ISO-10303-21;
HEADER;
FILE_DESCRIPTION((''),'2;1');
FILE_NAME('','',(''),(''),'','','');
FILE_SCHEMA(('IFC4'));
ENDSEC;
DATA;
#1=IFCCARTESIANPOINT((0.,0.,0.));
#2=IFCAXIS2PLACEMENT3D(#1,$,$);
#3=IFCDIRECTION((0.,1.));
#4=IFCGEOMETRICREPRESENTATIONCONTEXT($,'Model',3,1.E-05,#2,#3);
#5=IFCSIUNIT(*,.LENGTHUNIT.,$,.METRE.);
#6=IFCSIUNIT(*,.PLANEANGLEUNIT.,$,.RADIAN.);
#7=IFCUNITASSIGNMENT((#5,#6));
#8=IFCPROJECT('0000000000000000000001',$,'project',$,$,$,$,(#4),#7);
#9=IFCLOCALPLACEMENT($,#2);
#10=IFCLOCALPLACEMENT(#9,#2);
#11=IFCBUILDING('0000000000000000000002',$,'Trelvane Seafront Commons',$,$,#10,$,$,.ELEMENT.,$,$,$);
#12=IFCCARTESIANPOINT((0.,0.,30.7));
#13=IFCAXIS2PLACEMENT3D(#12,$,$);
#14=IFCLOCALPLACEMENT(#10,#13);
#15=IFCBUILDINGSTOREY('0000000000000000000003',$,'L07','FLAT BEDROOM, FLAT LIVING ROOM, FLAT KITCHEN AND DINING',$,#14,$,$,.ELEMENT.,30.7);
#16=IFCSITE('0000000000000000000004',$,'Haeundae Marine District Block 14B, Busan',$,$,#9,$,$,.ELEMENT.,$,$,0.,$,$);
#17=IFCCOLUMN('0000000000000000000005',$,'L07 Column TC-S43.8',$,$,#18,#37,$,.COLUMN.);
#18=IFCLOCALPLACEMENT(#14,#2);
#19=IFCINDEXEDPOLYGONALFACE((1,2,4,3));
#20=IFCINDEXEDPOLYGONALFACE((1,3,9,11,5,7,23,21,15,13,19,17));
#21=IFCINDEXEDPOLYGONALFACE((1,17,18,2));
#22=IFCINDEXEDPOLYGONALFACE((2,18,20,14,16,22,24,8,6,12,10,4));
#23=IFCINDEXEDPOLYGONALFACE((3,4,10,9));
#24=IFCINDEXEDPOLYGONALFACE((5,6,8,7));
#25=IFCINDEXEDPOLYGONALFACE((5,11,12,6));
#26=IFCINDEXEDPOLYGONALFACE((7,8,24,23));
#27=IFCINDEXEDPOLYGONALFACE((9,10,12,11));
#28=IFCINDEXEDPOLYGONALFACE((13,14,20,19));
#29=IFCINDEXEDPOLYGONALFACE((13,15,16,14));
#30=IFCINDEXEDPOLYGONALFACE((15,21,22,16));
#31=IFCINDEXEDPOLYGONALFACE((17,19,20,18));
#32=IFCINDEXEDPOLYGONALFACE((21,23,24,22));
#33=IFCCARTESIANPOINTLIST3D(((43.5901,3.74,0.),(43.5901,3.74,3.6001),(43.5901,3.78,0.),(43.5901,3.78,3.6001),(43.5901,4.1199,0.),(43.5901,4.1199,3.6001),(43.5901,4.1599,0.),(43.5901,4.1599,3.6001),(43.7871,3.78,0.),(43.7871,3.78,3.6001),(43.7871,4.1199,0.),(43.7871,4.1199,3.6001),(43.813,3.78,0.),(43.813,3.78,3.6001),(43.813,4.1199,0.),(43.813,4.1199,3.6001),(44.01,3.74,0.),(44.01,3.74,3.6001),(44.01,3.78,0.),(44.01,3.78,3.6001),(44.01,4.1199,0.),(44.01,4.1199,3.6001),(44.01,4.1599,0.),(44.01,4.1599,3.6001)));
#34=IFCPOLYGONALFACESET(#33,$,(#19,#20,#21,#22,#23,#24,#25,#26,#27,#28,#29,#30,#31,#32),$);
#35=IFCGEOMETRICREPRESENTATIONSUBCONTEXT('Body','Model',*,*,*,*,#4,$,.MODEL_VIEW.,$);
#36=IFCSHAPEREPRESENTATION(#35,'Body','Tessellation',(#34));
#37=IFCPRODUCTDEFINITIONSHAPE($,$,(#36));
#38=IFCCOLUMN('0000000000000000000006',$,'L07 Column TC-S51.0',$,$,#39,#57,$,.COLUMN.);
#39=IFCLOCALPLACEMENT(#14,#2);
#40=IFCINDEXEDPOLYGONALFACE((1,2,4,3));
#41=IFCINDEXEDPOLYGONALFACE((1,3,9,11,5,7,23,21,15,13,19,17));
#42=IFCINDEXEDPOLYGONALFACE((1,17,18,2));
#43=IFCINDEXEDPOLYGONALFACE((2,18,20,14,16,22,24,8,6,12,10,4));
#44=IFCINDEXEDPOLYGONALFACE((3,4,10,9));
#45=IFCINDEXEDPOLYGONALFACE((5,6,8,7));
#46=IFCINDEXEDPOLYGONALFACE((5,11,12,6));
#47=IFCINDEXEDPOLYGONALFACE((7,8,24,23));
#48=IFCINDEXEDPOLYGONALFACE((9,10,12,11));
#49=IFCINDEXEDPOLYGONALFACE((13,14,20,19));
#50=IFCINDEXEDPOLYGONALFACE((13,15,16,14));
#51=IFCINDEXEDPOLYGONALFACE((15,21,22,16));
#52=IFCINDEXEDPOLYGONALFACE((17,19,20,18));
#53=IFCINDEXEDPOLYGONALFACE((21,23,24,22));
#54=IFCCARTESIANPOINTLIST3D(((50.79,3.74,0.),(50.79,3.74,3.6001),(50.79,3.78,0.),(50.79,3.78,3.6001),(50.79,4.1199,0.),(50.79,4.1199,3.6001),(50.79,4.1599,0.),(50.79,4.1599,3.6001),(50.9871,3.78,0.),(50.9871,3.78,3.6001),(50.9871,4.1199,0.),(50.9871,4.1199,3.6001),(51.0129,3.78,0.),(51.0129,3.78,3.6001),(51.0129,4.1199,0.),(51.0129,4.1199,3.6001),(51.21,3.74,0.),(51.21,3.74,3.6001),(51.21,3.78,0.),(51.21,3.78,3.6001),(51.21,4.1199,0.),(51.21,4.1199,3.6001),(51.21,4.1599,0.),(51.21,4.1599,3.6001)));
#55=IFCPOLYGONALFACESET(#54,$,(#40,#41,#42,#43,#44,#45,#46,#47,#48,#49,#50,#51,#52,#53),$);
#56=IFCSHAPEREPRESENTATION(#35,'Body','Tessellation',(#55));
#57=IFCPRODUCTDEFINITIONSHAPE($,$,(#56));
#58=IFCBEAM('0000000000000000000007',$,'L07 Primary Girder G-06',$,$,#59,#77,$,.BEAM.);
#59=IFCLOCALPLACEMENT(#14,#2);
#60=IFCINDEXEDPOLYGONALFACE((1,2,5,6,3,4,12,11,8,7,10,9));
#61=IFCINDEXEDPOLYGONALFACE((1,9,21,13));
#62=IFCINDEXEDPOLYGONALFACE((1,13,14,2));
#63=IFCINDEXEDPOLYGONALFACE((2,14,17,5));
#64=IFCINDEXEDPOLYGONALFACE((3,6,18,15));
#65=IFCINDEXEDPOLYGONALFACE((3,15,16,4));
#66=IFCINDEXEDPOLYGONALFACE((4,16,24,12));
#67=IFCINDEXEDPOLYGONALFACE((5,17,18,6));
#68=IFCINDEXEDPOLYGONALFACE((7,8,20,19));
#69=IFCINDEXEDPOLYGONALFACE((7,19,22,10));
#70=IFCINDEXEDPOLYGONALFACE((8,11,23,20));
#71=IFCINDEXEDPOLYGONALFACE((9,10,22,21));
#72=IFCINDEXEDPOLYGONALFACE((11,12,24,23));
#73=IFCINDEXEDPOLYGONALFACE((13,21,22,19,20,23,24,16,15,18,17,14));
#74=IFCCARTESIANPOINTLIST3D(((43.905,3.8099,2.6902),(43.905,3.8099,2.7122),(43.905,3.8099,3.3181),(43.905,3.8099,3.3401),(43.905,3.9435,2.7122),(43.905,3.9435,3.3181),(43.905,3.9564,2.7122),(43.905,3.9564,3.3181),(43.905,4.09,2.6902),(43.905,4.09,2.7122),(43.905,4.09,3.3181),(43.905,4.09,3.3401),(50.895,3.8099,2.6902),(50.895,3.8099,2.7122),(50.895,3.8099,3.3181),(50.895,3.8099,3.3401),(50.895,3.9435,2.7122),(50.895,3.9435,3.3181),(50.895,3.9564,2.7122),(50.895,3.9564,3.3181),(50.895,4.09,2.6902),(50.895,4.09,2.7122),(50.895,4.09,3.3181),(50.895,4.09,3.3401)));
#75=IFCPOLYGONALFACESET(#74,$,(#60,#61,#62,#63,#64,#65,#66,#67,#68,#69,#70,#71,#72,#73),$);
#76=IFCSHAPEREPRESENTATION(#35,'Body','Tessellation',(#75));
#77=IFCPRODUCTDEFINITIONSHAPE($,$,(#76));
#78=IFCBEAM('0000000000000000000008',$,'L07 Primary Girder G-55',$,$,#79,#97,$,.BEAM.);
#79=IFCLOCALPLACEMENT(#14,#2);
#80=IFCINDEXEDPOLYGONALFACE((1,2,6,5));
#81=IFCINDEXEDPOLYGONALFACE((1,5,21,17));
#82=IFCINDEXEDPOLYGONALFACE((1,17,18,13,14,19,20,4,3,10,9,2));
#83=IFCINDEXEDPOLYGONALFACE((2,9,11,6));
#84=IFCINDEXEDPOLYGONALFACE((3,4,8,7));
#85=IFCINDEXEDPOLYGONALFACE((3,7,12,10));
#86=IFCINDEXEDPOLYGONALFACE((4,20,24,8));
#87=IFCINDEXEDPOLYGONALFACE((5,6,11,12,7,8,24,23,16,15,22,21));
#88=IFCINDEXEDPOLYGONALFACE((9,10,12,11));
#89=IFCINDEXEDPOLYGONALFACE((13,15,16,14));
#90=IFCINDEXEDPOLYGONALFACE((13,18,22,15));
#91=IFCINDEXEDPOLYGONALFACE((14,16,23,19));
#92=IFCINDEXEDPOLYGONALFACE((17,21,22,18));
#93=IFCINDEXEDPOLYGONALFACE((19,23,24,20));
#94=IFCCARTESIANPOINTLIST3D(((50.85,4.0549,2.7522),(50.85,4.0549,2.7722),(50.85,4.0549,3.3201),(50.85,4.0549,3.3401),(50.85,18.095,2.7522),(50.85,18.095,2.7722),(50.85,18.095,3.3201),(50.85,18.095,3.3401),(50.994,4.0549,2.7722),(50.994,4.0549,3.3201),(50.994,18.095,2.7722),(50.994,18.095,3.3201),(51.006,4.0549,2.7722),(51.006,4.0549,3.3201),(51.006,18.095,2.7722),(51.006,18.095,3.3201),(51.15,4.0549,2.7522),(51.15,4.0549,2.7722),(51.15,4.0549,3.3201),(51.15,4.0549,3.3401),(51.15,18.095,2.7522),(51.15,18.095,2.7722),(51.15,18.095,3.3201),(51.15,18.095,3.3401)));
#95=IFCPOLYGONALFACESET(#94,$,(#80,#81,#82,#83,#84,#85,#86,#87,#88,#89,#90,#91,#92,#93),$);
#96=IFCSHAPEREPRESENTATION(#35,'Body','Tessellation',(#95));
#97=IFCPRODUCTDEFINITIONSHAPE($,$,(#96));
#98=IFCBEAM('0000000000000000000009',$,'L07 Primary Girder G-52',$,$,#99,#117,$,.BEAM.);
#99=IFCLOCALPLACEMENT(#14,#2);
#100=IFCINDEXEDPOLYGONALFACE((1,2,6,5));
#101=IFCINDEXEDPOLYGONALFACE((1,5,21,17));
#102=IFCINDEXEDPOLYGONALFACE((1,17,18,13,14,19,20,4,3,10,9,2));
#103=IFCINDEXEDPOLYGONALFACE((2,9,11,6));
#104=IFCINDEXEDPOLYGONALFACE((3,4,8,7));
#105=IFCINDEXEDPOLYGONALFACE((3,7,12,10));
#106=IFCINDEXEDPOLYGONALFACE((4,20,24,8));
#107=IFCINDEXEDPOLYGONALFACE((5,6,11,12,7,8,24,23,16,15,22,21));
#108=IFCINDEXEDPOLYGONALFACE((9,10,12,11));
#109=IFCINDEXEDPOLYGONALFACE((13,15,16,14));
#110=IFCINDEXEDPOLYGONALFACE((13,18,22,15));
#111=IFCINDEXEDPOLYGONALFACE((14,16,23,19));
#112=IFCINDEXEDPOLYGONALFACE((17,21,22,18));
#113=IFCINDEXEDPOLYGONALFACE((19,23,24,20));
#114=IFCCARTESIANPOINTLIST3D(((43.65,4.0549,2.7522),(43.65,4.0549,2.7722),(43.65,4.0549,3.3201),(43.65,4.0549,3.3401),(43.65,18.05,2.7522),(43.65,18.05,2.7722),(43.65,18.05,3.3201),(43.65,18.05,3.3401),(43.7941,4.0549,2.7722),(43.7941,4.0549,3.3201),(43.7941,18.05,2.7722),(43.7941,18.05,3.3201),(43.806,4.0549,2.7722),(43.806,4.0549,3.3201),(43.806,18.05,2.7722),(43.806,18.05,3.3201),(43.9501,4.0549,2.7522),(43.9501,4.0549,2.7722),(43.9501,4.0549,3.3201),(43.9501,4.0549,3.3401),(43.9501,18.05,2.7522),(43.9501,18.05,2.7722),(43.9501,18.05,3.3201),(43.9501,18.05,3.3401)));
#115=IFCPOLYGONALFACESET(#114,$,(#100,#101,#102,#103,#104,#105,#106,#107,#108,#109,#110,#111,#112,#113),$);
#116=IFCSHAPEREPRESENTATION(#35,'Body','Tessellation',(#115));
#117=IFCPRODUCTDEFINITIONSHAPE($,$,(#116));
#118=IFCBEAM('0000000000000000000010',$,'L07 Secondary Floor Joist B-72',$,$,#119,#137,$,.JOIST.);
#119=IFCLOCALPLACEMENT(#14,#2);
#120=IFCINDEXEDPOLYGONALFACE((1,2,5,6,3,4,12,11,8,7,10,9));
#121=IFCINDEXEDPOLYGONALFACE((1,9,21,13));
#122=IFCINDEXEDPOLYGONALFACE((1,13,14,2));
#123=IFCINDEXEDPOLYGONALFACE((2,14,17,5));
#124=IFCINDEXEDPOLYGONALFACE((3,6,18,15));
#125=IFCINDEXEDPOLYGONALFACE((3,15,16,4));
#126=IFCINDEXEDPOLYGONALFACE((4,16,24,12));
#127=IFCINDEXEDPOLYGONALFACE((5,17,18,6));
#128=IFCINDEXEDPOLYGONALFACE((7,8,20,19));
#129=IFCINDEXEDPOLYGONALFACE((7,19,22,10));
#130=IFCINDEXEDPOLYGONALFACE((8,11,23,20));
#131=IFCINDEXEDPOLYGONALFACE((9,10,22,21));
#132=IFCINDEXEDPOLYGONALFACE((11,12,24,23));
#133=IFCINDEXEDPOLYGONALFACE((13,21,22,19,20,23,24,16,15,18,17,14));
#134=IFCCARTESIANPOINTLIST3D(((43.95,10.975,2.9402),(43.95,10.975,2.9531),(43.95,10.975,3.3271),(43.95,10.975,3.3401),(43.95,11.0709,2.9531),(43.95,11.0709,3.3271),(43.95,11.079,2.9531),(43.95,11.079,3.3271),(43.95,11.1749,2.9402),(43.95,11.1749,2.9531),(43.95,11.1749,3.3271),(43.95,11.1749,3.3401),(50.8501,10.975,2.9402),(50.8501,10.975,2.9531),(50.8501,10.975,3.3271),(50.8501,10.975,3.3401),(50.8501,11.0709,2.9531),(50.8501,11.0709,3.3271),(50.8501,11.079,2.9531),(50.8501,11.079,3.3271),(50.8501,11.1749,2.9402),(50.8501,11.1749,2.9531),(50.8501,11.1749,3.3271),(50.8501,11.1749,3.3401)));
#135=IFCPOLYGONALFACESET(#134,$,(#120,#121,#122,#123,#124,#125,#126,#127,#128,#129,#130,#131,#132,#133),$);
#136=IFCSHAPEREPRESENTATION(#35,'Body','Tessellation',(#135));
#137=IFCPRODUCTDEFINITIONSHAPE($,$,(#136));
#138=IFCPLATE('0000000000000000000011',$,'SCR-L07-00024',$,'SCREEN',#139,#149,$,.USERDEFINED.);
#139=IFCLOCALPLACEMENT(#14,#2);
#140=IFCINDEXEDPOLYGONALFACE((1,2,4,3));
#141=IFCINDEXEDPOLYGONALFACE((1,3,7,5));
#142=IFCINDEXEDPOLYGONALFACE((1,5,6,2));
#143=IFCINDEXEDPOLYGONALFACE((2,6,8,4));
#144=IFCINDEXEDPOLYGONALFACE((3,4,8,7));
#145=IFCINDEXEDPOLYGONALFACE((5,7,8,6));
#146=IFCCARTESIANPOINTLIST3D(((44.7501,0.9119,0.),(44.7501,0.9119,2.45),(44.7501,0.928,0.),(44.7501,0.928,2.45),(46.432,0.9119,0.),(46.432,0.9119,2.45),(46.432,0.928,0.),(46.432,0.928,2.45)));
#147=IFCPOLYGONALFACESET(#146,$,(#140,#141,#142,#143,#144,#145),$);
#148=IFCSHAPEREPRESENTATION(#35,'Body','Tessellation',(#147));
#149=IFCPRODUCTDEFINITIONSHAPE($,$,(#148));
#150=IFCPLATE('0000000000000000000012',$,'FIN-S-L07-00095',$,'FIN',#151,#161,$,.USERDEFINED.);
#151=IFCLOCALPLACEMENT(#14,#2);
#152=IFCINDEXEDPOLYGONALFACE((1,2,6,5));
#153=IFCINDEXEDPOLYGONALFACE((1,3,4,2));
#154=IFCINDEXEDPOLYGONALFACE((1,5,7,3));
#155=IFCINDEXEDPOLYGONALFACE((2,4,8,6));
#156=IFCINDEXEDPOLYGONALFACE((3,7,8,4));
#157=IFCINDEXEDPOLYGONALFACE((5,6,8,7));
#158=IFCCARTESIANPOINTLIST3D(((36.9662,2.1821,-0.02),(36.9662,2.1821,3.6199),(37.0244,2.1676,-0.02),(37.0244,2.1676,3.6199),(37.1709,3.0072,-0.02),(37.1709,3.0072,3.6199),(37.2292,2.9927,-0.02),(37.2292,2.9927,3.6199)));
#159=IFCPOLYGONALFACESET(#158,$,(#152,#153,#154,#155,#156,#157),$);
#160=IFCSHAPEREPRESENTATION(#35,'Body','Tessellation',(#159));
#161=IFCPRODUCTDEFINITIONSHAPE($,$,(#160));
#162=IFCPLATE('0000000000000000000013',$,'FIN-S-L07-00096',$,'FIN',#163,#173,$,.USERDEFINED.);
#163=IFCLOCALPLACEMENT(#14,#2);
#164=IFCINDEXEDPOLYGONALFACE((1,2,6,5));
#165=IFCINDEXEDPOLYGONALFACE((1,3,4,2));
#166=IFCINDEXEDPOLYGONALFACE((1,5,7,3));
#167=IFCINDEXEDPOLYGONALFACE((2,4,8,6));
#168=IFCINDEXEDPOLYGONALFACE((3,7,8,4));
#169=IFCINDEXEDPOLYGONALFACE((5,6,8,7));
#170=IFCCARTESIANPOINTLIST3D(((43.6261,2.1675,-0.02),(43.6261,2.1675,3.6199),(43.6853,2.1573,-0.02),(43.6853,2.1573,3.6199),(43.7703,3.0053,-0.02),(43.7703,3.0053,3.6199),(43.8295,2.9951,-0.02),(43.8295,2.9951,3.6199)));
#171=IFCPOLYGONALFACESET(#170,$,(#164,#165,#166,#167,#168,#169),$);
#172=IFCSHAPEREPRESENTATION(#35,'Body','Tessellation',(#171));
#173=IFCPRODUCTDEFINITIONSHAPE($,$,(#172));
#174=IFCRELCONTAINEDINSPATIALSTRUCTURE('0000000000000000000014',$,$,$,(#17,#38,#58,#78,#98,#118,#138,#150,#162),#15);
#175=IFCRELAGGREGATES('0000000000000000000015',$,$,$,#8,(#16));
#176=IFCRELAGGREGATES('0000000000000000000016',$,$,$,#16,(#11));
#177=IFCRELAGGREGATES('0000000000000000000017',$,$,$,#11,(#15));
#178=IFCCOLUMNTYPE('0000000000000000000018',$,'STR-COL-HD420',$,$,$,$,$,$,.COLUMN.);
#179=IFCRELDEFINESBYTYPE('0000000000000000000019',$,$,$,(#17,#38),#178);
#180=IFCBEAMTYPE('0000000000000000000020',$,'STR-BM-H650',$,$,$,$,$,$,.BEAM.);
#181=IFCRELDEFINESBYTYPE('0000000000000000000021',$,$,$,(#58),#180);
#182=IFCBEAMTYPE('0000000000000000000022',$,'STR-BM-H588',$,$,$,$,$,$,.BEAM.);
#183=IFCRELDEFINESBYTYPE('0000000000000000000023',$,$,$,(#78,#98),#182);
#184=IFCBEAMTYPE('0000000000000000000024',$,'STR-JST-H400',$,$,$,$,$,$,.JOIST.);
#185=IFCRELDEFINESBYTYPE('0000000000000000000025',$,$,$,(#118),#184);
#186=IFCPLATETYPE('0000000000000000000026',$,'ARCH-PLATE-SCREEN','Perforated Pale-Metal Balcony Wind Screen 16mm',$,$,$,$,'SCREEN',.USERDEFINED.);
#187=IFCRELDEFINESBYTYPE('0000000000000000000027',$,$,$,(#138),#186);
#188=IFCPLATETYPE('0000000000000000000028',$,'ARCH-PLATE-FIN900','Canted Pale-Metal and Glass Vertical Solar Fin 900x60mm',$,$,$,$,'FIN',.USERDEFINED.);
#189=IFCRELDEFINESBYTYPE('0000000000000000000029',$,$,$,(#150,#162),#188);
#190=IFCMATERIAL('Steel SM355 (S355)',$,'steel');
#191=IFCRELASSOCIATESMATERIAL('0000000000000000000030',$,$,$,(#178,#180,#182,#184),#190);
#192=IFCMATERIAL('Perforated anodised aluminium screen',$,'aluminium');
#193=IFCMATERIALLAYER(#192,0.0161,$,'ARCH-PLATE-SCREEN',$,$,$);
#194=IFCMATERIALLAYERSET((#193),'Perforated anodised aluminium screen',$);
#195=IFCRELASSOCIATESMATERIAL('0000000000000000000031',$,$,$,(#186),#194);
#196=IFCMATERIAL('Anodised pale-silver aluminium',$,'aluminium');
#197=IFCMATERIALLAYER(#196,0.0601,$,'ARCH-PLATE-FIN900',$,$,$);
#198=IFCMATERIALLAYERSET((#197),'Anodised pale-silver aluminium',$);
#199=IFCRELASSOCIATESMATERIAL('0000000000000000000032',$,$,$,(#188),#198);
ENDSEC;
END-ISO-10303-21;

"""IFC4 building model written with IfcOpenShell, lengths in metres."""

from ifc_helpers import new_model, si_unit, direction, frame, origin, origin_2d, place, context, subcontext, project, spatial, rectangle, i_section, extrude, source, transform, mapped, material, layer, layer_set, material_profile, profile_set, type_object, element, save


model = new_model("IFC4")

# Units and contexts
model_context = context("Model", 3, precision=1e-05, world=origin(), true_north=direction((0.0, 1.0)))
body_context = subcontext(model_context, "Body", "Model", "MODEL_VIEW")
ifc_project = project(units=[si_unit("LENGTHUNIT", "METRE"), si_unit("PLANEANGLEUNIT", "RADIAN")], contexts=[model_context])

# Site, building, storey
site_placement = place(None, origin())
site = spatial("IfcSite", under=ifc_project, at=site_placement, Name="Haeundae Marine District Block 14B, Busan", CompositionType="ELEMENT", RefElevation=0.0)
building_placement = place(site_placement, origin())
building = spatial("IfcBuilding", under=site, at=building_placement, Name="Trelvane Seafront Commons", CompositionType="ELEMENT")
storey_placement = place(building_placement, frame((0.0, 0.0, 30.7)))
storey = spatial("IfcBuildingStorey", under=building, at=storey_placement, Name="L07", Description="FLAT BEDROOM, FLAT LIVING ROOM, FLAT KITCHEN AND DINING", CompositionType="ELEMENT", Elevation=30.7)

# Columns
ifc_material_1 = material(Name="Steel SM355 (S355)", Category="steel")
ifc_material_profile_1 = material_profile(ifc_material_1, i_section(OverallWidth=0.4199, OverallDepth=0.4199, WebThickness=0.0259, FlangeThickness=0.04, at=origin_2d()), Name="HD-420x420x26x40")
ifc_profile_set_1 = profile_set([ifc_material_profile_1], Name="Steel SM355 (S355)")
column_type = type_object("IfcColumnType", Name="STR-COL-HD420", PredefinedType="COLUMN", material=ifc_profile_set_1)
shared_shape_1 = source(origin(), body_context, "Body", "SweptSolid", [
    extrude(i_section(OverallWidth=0.4199, OverallDepth=0.4199, WebThickness=0.0259, FlangeThickness=0.04, at=origin_2d()), origin(), (0.0, 0.0, 1.0), 3.6001),
])
for number, where, z_axis, x_axis, name in (
    (1, (43.8, 3.95, 0.0), (0.0, 0.0, 1.0), (1.0, 0.0, 0.0), "L07 Column TC-S43.8"),
    (2, (51.0, 3.95, 0.0), (0.0, 0.0, 1.0), (1.0, 0.0, 0.0), "L07 Column TC-S51.0"),
):
    element("IfcColumn", number, at=place(storey_placement, frame(where, z_axis=z_axis, x_axis=x_axis)), inside=storey, type_object=column_type, Name=name, PredefinedType="COLUMN", context=body_context, shape_type="MappedRepresentation", body=[
        mapped(shared_shape_1, transform((0.0, 0.0, 0.0), x_axis=(1.0, 0.0, 0.0), y_axis=(0.0, 1.0, 0.0), z_axis=(0.0, 0.0, 1.0), scale=1.0)),
    ])

# Beams
ifc_material_profile_2 = material_profile(ifc_material_1, i_section(OverallWidth=0.28, OverallDepth=0.6499, WebThickness=0.0129, FlangeThickness=0.022, at=origin_2d()), Name="H-650x280x13x22")
ifc_profile_set_2 = profile_set([ifc_material_profile_2], Name="Steel SM355 (S355)")
beam_type_1 = type_object("IfcBeamType", Name="STR-BM-H650", PredefinedType="BEAM", material=ifc_profile_set_2)
shared_shape_2 = source(origin(), body_context, "Body", "SweptSolid", [
    extrude(i_section(OverallWidth=0.28, OverallDepth=0.6499, WebThickness=0.0129, FlangeThickness=0.022, at=origin_2d()), origin(), (0.0, 0.0, 1.0), 6.99),
])
beam_1_placement = place(storey_placement, frame((43.905, 3.95, 3.0151), z_axis=(1.0, 0.0, 0.0), x_axis=(0.0, 1.0, 0.0)))
element("IfcBeam", 3, at=beam_1_placement, inside=storey, type_object=beam_type_1, Name="L07 Primary Girder G-06", PredefinedType="BEAM", context=body_context, shape_type="MappedRepresentation", body=[
    mapped(shared_shape_2, transform((0.0, 0.0, 0.0), x_axis=(1.0, 0.0, 0.0), y_axis=(0.0, 1.0, 0.0), z_axis=(0.0, 0.0, 1.0), scale=1.0)),
])
ifc_material_profile_3 = material_profile(ifc_material_1, i_section(OverallWidth=0.3, OverallDepth=0.5879, WebThickness=0.012, FlangeThickness=0.02, at=origin_2d()), Name="H-588x300x12x20")
ifc_profile_set_3 = profile_set([ifc_material_profile_3], Name="Steel SM355 (S355)")
beam_type_2 = type_object("IfcBeamType", Name="STR-BM-H588", PredefinedType="BEAM", material=ifc_profile_set_3)
shared_shape_3 = source(origin(), body_context, "Body", "SweptSolid", [
    extrude(i_section(OverallWidth=0.3, OverallDepth=0.5879, WebThickness=0.012, FlangeThickness=0.02, at=origin_2d()), origin(), (0.0, 0.0, 1.0), 14.04),
])
beam_2_placement = place(storey_placement, frame((51.0, 4.0549, 3.0461), z_axis=(0.0, 1.0, 0.0), x_axis=(-1.0, 0.0, 0.0)))
element("IfcBeam", 4, at=beam_2_placement, inside=storey, type_object=beam_type_2, Name="L07 Primary Girder G-55", PredefinedType="BEAM", context=body_context, shape_type="MappedRepresentation", body=[
    mapped(shared_shape_3, transform((0.0, 0.0, 0.0), x_axis=(1.0, 0.0, 0.0), y_axis=(0.0, 1.0, 0.0), z_axis=(0.0, 0.0, 1.0), scale=1.0)),
])
shared_shape_4 = source(origin(), body_context, "Body", "SweptSolid", [
    extrude(i_section(OverallWidth=0.3, OverallDepth=0.5879, WebThickness=0.012, FlangeThickness=0.02, at=origin_2d()), origin(), (0.0, 0.0, 1.0), 13.9951),
])
beam_3_placement = place(storey_placement, frame((43.8, 4.0549, 3.0461), z_axis=(0.0, 1.0, 0.0), x_axis=(-1.0, 0.0, 0.0)))
element("IfcBeam", 5, at=beam_3_placement, inside=storey, type_object=beam_type_2, Name="L07 Primary Girder G-52", PredefinedType="BEAM", context=body_context, shape_type="MappedRepresentation", body=[
    mapped(shared_shape_4, transform((0.0, 0.0, 0.0), x_axis=(1.0, 0.0, 0.0), y_axis=(0.0, 1.0, 0.0), z_axis=(0.0, 0.0, 1.0), scale=1.0)),
])
ifc_material_profile_4 = material_profile(ifc_material_1, i_section(OverallWidth=0.2, OverallDepth=0.3999, WebThickness=0.0081, FlangeThickness=0.0129, at=origin_2d()), Name="H-400x200x8x13")
ifc_profile_set_4 = profile_set([ifc_material_profile_4], Name="Steel SM355 (S355)")
beam_type_3 = type_object("IfcBeamType", Name="STR-JST-H400", PredefinedType="JOIST", material=ifc_profile_set_4)
shared_shape_5 = source(origin(), body_context, "Body", "SweptSolid", [
    extrude(i_section(OverallWidth=0.2, OverallDepth=0.3999, WebThickness=0.0081, FlangeThickness=0.0129, at=origin_2d()), origin(), (0.0, 0.0, 1.0), 6.9001),
])
beam_4_placement = place(storey_placement, frame((43.95, 11.075, 3.1401), z_axis=(1.0, 0.0, 0.0), x_axis=(0.0, 1.0, 0.0)))
element("IfcBeam", 6, at=beam_4_placement, inside=storey, type_object=beam_type_3, Name="L07 Secondary Floor Joist B-72", PredefinedType="JOIST", context=body_context, shape_type="MappedRepresentation", body=[
    mapped(shared_shape_5, transform((0.0, 0.0, 0.0), x_axis=(1.0, 0.0, 0.0), y_axis=(0.0, 1.0, 0.0), z_axis=(0.0, 0.0, 1.0), scale=1.0)),
])

# Plates
ifc_material_2 = material(Name="Perforated anodised aluminium screen", Category="aluminium")
ifc_layer_1 = layer(ifc_material_2, 0.0161, Name="ARCH-PLATE-SCREEN")
ifc_layer_set_1 = layer_set([ifc_layer_1], Name="Perforated anodised aluminium screen")
plate_type_1 = type_object("IfcPlateType", Name="ARCH-PLATE-SCREEN", Description="Perforated Pale-Metal Balcony Wind Screen 16mm", ElementType="SCREEN", PredefinedType="USERDEFINED", material=ifc_layer_set_1)
shared_shape_6 = source(origin(), body_context, "Body", "SweptSolid", [
    extrude(rectangle(XDim=1.6819, YDim=0.0161, at=origin_2d()), origin(), (0.0, 0.0, 1.0), 2.45),
])
plate_placement = place(storey_placement, frame((45.5911, 0.9199, 0.0), z_axis=(0.0, 0.0, 1.0), x_axis=(1.0, 0.0, 0.0)))
element("IfcPlate", 7, at=plate_placement, inside=storey, type_object=plate_type_1, Name="SCR-L07-00024", ObjectType="SCREEN", PredefinedType="USERDEFINED", context=body_context, shape_type="MappedRepresentation", body=[
    mapped(shared_shape_6, transform((0.0, 0.0, 0.0), x_axis=(1.0, 0.0, 0.0), y_axis=(0.0, 1.0, 0.0), z_axis=(0.0, 0.0, 1.0), scale=1.0)),
])
ifc_material_3 = material(Name="Anodised pale-silver aluminium", Category="aluminium")
ifc_layer_2 = layer(ifc_material_3, 0.0601, Name="ARCH-PLATE-FIN900")
ifc_layer_set_2 = layer_set([ifc_layer_2], Name="Anodised pale-silver aluminium")
plate_type_2 = type_object("IfcPlateType", Name="ARCH-PLATE-FIN900", Description="Canted Pale-Metal and Glass Vertical Solar Fin 900x60mm", ElementType="FIN", PredefinedType="USERDEFINED", material=ifc_layer_set_2)
shared_shape_7 = source(origin(), body_context, "Body", "SweptSolid", [
    extrude(rectangle(XDim=0.8501, YDim=0.0601, at=origin_2d()), origin(), (0.0, 0.0, 1.0), 3.6399),
])
for number, where, z_axis, x_axis, name in (
    (8, (37.0977, 2.5874, -0.02), (0.0, 0.0, 1.0), (-0.240819, -0.97057, 0.0), "FIN-S-L07-00095"),
    (9, (43.7278, 2.5813, -0.02), (0.0, 0.0, 1.0), (-0.169644, -0.985505, 0.0), "FIN-S-L07-00096"),
):
    element("IfcPlate", number, at=place(storey_placement, frame(where, z_axis=z_axis, x_axis=x_axis)), inside=storey, type_object=plate_type_2, Name=name, ObjectType="FIN", PredefinedType="USERDEFINED", context=body_context, shape_type="MappedRepresentation", body=[
        mapped(shared_shape_7, transform((0.0, 0.0, 0.0), x_axis=(1.0, 0.0, 0.0), y_axis=(0.0, 1.0, 0.0), z_axis=(0.0, 0.0, 1.0), scale=1.0)),
    ])

save(model, "model.ifc")
